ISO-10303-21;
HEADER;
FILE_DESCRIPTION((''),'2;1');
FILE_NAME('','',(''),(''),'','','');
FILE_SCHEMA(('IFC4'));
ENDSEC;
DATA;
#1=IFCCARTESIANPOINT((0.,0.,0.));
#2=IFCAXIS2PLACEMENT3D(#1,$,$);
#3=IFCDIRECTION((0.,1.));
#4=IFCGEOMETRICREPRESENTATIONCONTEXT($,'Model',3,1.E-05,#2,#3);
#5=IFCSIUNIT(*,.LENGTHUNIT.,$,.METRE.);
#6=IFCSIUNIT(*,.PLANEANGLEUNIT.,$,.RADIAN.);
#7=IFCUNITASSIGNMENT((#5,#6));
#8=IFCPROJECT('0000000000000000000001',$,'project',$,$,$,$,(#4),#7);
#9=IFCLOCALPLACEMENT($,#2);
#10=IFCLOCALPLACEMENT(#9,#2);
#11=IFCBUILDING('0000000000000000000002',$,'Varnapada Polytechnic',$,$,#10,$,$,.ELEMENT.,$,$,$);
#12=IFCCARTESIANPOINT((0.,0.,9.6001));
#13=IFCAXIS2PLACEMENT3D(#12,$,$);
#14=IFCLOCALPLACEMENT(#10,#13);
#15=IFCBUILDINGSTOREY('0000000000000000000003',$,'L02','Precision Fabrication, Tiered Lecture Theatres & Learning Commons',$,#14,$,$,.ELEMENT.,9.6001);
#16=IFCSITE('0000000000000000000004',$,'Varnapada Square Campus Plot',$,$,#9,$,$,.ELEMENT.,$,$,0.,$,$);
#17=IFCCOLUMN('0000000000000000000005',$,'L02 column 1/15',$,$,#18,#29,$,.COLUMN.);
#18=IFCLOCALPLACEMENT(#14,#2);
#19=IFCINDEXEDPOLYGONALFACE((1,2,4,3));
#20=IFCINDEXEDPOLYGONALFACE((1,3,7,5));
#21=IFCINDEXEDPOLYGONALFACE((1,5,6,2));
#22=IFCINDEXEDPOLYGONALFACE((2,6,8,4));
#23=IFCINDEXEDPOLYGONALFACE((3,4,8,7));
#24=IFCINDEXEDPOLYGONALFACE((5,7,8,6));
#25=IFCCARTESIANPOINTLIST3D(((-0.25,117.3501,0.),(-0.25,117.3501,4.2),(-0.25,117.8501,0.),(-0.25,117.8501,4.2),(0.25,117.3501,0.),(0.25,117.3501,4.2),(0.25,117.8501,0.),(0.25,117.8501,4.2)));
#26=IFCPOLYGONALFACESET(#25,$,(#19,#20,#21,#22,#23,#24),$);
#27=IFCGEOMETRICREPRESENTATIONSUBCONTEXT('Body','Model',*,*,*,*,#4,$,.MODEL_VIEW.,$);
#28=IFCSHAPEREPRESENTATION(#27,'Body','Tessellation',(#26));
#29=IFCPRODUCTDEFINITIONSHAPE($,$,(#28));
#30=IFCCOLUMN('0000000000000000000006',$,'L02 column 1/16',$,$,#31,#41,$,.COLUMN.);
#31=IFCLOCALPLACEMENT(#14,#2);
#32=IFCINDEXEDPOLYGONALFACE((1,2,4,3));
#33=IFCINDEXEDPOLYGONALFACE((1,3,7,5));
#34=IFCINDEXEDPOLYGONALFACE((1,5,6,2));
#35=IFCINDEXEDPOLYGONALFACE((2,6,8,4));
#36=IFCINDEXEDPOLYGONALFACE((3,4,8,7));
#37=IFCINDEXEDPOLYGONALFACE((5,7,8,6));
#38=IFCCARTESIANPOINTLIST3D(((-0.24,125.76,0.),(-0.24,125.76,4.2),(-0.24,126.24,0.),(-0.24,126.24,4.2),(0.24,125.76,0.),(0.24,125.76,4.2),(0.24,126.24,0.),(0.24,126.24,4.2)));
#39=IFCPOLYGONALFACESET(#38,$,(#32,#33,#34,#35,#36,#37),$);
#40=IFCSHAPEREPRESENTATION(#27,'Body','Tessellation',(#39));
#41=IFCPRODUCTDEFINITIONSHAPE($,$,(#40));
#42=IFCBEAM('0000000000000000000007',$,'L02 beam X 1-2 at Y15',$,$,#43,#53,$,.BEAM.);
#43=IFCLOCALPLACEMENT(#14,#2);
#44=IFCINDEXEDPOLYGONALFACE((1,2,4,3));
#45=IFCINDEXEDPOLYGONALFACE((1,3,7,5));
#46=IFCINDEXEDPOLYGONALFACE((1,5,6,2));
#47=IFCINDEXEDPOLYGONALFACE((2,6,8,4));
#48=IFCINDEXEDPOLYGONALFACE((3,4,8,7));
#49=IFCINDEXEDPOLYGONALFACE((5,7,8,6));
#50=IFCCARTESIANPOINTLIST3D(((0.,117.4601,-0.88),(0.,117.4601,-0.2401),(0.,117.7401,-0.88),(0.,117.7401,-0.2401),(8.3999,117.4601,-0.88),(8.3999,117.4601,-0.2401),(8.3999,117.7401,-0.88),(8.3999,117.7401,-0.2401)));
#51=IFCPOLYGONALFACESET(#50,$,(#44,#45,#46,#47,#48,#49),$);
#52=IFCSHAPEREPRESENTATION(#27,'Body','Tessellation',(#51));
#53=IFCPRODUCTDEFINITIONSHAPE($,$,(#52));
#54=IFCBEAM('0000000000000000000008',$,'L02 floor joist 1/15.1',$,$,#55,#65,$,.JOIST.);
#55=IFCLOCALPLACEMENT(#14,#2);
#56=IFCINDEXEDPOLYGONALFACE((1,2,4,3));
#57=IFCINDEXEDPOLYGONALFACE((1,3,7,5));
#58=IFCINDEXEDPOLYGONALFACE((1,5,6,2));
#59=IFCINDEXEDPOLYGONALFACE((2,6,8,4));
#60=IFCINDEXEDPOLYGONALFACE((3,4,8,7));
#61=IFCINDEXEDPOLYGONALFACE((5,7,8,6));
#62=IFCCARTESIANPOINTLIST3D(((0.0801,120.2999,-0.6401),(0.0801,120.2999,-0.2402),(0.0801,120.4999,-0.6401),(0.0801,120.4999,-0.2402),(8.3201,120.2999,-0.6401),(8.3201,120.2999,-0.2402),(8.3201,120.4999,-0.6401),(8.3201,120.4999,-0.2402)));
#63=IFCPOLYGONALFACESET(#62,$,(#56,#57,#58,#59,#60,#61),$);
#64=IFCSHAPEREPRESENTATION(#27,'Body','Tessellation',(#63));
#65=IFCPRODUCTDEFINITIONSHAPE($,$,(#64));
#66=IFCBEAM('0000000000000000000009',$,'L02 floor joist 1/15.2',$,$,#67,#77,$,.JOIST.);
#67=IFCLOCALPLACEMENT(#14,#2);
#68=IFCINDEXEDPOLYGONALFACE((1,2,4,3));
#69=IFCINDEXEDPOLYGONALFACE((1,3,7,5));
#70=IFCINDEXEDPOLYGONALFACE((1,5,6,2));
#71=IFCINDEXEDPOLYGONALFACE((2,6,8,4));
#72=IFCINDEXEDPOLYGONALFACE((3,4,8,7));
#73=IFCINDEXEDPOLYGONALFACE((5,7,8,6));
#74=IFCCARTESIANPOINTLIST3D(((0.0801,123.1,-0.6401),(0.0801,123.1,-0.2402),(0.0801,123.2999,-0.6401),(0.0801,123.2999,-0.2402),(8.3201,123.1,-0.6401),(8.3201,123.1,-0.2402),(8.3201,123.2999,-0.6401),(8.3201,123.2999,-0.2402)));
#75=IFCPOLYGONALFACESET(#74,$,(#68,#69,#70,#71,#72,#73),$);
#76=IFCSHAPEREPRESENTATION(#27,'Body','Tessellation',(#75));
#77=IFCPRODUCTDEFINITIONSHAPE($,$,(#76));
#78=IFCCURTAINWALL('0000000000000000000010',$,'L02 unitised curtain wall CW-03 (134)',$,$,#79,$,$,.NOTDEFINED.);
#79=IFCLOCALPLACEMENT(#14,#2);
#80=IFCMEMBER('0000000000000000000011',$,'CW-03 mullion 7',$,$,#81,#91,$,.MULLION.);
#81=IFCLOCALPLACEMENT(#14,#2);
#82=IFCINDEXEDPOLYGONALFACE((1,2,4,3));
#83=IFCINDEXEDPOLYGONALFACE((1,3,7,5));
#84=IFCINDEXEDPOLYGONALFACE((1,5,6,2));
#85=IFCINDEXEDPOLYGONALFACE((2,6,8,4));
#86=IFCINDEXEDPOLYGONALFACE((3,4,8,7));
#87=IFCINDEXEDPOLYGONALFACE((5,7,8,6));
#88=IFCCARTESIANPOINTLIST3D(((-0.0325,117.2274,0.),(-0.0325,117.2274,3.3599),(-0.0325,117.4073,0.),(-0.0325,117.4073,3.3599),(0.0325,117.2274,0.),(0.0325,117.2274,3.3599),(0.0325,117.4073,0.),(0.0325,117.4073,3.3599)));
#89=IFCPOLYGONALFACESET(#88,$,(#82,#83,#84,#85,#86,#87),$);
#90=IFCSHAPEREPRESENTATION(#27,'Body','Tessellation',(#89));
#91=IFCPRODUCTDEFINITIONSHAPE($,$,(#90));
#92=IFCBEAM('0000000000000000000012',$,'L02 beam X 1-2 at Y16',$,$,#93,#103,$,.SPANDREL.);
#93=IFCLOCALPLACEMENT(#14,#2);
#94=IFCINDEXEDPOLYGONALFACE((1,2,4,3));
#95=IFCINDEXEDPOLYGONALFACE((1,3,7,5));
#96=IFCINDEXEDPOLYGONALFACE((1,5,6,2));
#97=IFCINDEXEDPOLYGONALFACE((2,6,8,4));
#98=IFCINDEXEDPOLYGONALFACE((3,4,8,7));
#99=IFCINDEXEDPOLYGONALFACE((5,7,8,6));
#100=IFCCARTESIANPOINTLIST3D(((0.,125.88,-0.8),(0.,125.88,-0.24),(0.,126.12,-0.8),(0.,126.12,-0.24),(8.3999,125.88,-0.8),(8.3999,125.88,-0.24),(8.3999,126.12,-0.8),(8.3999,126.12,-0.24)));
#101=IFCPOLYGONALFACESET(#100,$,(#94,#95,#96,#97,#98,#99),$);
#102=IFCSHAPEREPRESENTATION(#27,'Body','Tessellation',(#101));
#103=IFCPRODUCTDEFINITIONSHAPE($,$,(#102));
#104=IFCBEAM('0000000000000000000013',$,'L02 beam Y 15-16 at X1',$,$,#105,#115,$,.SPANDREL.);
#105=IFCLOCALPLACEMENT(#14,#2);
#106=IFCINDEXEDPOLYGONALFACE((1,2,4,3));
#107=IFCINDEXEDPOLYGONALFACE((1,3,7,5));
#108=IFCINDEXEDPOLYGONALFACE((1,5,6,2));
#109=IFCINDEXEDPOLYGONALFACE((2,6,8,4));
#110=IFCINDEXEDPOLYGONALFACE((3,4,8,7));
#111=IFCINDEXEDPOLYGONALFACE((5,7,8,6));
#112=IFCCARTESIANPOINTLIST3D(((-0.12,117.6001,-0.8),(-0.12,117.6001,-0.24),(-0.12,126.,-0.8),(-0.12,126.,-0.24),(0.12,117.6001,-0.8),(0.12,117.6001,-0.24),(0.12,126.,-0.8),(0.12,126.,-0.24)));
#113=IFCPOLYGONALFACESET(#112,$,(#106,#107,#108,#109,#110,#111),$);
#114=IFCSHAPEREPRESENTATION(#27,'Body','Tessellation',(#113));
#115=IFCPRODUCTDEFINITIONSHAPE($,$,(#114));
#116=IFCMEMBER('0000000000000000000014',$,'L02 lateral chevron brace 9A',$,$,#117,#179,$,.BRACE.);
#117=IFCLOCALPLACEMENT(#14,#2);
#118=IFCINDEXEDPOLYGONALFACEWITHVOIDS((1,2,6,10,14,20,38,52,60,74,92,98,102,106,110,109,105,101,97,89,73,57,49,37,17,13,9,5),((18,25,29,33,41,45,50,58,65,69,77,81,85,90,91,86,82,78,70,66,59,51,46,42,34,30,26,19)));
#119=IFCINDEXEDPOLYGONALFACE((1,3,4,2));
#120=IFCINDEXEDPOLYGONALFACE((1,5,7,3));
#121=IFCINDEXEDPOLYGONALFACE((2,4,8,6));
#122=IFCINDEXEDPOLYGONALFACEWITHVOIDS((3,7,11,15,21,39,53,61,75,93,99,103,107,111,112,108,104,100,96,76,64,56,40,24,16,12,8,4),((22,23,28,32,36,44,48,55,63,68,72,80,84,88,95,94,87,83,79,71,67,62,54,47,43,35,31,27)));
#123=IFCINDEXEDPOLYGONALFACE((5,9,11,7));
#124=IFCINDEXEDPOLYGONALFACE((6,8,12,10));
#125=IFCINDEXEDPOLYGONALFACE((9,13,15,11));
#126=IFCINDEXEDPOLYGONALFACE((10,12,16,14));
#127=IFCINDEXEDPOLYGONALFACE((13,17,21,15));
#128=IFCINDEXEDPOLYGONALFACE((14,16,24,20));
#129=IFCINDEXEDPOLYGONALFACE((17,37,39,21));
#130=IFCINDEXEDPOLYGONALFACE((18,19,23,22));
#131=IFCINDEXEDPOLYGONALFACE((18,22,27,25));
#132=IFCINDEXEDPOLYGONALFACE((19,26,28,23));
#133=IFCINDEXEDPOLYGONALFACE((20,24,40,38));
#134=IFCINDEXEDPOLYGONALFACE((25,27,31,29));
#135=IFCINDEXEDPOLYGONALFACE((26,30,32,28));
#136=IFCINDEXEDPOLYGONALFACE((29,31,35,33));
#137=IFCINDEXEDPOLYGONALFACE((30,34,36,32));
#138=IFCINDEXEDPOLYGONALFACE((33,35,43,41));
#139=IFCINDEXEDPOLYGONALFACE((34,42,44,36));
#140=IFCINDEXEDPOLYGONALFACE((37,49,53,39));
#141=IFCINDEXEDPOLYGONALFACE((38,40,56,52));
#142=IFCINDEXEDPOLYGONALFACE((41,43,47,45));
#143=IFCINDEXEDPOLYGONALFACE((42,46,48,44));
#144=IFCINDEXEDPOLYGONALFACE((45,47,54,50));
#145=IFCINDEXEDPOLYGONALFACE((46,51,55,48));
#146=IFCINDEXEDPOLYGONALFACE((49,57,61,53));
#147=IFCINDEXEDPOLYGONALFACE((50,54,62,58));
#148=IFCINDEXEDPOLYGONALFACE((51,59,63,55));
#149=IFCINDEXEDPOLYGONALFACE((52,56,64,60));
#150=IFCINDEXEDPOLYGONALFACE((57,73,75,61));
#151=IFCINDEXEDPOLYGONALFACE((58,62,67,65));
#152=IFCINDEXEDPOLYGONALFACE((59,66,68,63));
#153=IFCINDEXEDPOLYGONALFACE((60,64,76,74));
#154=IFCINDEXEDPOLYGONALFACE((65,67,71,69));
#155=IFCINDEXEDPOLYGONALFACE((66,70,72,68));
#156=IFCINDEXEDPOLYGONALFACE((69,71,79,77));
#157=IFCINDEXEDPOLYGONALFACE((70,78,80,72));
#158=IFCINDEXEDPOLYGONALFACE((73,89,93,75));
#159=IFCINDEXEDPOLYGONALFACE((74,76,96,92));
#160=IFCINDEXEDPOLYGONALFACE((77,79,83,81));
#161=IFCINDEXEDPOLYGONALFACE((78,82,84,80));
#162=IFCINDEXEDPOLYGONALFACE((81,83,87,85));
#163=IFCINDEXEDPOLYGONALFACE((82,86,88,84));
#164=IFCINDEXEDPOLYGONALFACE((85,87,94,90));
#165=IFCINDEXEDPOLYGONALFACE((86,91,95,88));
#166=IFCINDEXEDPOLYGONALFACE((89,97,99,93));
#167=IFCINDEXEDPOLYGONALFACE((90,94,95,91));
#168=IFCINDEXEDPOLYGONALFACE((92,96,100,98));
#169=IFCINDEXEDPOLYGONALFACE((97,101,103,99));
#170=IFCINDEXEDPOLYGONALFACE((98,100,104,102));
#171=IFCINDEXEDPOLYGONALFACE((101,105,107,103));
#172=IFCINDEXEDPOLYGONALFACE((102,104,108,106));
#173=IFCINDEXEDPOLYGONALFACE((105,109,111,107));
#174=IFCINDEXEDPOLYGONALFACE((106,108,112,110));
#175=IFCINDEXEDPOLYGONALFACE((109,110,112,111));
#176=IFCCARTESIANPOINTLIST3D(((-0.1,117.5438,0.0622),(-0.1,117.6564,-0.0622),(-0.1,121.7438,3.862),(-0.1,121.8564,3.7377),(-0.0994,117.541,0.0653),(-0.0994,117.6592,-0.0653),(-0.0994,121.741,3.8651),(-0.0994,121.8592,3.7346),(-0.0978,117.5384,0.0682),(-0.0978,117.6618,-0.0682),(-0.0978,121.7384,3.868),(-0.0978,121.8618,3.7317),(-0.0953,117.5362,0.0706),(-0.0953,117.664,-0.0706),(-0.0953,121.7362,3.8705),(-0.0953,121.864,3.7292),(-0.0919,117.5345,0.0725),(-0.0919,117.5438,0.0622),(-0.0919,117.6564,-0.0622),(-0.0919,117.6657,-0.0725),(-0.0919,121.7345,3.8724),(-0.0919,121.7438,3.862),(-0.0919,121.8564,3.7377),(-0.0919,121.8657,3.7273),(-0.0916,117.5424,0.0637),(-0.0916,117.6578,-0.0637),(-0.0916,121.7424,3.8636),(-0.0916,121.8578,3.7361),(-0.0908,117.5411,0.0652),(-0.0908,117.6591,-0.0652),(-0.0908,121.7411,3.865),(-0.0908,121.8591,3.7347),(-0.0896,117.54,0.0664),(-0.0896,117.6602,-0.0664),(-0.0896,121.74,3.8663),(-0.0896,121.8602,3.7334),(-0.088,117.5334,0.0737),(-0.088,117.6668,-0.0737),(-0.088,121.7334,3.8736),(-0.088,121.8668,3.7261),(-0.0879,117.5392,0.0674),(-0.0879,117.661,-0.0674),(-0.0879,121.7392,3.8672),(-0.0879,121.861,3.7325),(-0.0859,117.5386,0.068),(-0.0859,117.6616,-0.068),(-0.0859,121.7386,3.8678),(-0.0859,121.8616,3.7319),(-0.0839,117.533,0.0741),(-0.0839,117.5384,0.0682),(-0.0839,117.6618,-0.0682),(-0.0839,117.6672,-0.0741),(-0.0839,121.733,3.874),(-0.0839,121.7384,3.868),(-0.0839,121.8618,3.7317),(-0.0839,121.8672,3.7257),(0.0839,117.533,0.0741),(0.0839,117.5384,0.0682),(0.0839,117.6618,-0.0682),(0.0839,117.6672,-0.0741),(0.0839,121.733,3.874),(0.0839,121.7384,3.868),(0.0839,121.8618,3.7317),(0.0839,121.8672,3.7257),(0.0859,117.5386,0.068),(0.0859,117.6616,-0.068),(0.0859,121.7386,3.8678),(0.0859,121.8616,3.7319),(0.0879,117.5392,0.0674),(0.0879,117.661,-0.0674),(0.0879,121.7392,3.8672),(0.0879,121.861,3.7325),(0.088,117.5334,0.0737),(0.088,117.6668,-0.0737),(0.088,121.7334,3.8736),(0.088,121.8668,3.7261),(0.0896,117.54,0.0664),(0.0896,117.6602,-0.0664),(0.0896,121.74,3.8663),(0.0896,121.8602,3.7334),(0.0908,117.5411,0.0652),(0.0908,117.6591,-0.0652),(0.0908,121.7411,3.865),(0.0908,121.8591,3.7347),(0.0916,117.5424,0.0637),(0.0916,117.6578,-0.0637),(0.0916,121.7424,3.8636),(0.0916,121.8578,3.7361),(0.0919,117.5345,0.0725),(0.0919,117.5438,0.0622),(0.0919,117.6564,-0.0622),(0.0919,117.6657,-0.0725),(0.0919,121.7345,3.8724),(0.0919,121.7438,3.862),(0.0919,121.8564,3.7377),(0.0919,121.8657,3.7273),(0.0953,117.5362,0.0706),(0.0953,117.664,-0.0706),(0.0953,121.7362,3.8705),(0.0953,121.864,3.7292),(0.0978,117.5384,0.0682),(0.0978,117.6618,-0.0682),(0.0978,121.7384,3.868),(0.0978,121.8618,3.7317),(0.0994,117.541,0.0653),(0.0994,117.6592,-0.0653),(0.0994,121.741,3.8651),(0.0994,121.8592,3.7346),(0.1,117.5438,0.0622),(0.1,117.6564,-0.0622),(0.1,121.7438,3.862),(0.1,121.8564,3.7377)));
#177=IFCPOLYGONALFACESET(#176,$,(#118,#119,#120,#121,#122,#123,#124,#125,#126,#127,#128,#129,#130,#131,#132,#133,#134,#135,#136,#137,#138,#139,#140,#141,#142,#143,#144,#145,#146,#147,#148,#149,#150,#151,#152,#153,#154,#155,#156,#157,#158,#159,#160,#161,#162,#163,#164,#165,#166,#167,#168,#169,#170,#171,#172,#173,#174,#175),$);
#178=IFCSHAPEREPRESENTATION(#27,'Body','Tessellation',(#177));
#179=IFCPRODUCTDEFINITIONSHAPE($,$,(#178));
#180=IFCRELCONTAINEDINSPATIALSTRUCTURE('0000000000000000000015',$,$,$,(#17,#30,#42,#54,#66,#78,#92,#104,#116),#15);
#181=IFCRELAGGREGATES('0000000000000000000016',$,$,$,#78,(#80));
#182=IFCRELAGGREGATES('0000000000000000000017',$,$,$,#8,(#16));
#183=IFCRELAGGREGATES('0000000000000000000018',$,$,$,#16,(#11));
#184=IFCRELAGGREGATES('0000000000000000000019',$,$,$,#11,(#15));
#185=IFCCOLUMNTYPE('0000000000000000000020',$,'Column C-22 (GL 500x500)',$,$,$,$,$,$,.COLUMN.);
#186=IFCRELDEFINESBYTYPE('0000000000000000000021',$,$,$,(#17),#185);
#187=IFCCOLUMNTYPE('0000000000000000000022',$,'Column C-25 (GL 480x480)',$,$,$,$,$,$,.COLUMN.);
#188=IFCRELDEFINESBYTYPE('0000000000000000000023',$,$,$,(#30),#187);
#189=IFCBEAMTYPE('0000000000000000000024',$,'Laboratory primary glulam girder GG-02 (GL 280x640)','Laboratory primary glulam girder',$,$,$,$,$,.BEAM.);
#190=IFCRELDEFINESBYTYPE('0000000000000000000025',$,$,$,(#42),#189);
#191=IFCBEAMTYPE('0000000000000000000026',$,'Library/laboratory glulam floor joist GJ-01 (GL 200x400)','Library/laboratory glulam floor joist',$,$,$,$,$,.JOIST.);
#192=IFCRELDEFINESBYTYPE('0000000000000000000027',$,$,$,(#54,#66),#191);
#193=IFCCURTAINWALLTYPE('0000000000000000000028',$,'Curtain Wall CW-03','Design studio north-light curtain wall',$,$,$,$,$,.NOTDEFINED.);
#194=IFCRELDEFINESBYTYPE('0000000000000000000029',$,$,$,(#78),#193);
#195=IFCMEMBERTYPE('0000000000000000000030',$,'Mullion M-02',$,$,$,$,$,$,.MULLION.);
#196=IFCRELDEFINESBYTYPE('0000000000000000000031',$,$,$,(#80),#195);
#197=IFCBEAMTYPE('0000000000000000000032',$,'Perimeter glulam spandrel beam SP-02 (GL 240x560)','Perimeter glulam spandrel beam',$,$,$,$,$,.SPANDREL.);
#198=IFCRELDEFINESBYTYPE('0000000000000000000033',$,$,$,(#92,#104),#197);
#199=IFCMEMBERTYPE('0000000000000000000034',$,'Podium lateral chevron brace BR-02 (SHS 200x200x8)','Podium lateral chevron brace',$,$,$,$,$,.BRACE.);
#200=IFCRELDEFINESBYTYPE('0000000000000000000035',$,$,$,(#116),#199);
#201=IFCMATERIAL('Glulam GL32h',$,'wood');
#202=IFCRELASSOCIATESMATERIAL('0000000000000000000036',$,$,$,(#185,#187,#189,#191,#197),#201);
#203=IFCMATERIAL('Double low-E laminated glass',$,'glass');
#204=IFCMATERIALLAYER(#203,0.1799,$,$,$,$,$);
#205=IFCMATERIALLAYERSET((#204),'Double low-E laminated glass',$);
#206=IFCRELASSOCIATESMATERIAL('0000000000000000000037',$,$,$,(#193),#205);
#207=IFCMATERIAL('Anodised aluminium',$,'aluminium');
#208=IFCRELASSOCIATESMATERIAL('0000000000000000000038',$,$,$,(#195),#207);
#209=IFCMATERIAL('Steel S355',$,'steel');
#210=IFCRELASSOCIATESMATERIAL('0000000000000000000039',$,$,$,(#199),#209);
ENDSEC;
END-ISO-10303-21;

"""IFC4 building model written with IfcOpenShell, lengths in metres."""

from ifc_helpers import new_model, si_unit, direction, frame, origin, origin_2d, place, context, subcontext, project, spatial, rectangle, hollow_rectangle, extrude, material, layer, layer_set, material_profile, profile_set, type_object, element, aggregate, save


model = new_model("IFC4")

# Units and contexts
model_context = context("Model", 3, precision=1e-05, world=origin(), true_north=direction((0.0, 1.0)))
body_context = subcontext(model_context, "Body", "Model", "MODEL_VIEW")
ifc_project = project(units=[si_unit("LENGTHUNIT", "METRE"), si_unit("PLANEANGLEUNIT", "RADIAN")], contexts=[model_context])

# Site, building, storey
site_placement = place(None, origin())
site = spatial("IfcSite", under=ifc_project, at=site_placement, Name="Varnapada Square Campus Plot", CompositionType="ELEMENT", RefElevation=0.0)
building_placement = place(site_placement, origin())
building = spatial("IfcBuilding", under=site, at=building_placement, Name="Varnapada Polytechnic", CompositionType="ELEMENT")
storey_placement = place(building_placement, frame((0.0, 0.0, 9.6001)))
storey = spatial("IfcBuildingStorey", under=building, at=storey_placement, Name="L02", Description="Precision Fabrication, Tiered Lecture Theatres & Learning Commons", CompositionType="ELEMENT", Elevation=9.6001)

# Columns
ifc_material_1 = material(Name="Glulam GL32h", Category="wood")
ifc_material_profile_1 = material_profile(ifc_material_1, rectangle(XDim=0.5, YDim=0.5, at=origin_2d()), Name="GL 500x500")
ifc_profile_set_1 = profile_set([ifc_material_profile_1], Name="Glulam GL32h")
column_type_1 = type_object("IfcColumnType", Name="Column C-22 (GL 500x500)", PredefinedType="COLUMN", material=ifc_profile_set_1)
column_1_placement = place(storey_placement, frame((0.0, 117.6001, 0.0), z_axis=(0.0, 0.0, 1.0), x_axis=(1.0, 0.0, 0.0)))
element("IfcColumn", 1, at=column_1_placement, inside=storey, type_object=column_type_1, Name="L02 column 1/15", PredefinedType="COLUMN", context=body_context, shape_type="SweptSolid", body=[
    extrude(rectangle(XDim=0.5, YDim=0.5, at=origin_2d()), origin(), (0.0, 0.0, 1.0), 4.2),
])
ifc_material_profile_2 = material_profile(ifc_material_1, rectangle(XDim=0.48, YDim=0.48, at=origin_2d()), Name="GL 480x480")
ifc_profile_set_2 = profile_set([ifc_material_profile_2], Name="Glulam GL32h")
column_type_2 = type_object("IfcColumnType", Name="Column C-25 (GL 480x480)", PredefinedType="COLUMN", material=ifc_profile_set_2)
column_2_placement = place(storey_placement, frame((0.0, 126.0, 0.0), z_axis=(0.0, 0.0, 1.0), x_axis=(1.0, 0.0, 0.0)))
element("IfcColumn", 2, at=column_2_placement, inside=storey, type_object=column_type_2, Name="L02 column 1/16", PredefinedType="COLUMN", context=body_context, shape_type="SweptSolid", body=[
    extrude(rectangle(XDim=0.48, YDim=0.48, at=origin_2d()), origin(), (0.0, 0.0, 1.0), 4.2),
])

# Beams
ifc_material_profile_3 = material_profile(ifc_material_1, rectangle(XDim=0.28, YDim=0.6399, at=origin_2d()), Name="GL 280x640")
ifc_profile_set_3 = profile_set([ifc_material_profile_3], Name="Glulam GL32h")
beam_type_1 = type_object("IfcBeamType", Name="Laboratory primary glulam girder GG-02 (GL 280x640)", Description="Laboratory primary glulam girder", PredefinedType="BEAM", material=ifc_profile_set_3)
beam_placement = place(storey_placement, frame((0.0, 117.6001, -0.5601), z_axis=(1.0, 0.0, 0.0), x_axis=(0.0, 1.0, 0.0)))
element("IfcBeam", 3, at=beam_placement, inside=storey, type_object=beam_type_1, Name="L02 beam X 1-2 at Y15", PredefinedType="BEAM", context=body_context, shape_type="SweptSolid", body=[
    extrude(rectangle(XDim=0.28, YDim=0.6399, at=origin_2d()), origin(), (0.0, 0.0, 1.0), 8.3999),
])
ifc_material_profile_4 = material_profile(ifc_material_1, rectangle(XDim=0.2, YDim=0.3999, at=origin_2d()), Name="GL 200x400")
ifc_profile_set_4 = profile_set([ifc_material_profile_4], Name="Glulam GL32h")
beam_type_2 = type_object("IfcBeamType", Name="Library/laboratory glulam floor joist GJ-01 (GL 200x400)", Description="Library/laboratory glulam floor joist", PredefinedType="JOIST", material=ifc_profile_set_4)
for number, where, z_axis, x_axis, name in (
    (4, (0.0801, 120.3999, -0.4402), (1.0, 0.0, 0.0), (0.0, 1.0, 0.0), "L02 floor joist 1/15.1"),
    (5, (0.0801, 123.2, -0.4402), (1.0, 0.0, 0.0), (0.0, 1.0, 0.0), "L02 floor joist 1/15.2"),
):
    element("IfcBeam", number, at=place(storey_placement, frame(where, z_axis=z_axis, x_axis=x_axis)), inside=storey, type_object=beam_type_2, Name=name, PredefinedType="JOIST", context=body_context, shape_type="SweptSolid", body=[
        extrude(rectangle(XDim=0.2, YDim=0.3999, at=origin_2d()), origin(), (0.0, 0.0, 1.0), 8.24),
    ])

# Curtain wall, member
ifc_material_2 = material(Name="Double low-E laminated glass", Category="glass")
ifc_layer_1 = layer(ifc_material_2, 0.1799)
ifc_layer_set_1 = layer_set([ifc_layer_1], Name="Double low-E laminated glass")
curtain_wall_type = type_object("IfcCurtainWallType", Name="Curtain Wall CW-03", Description="Design studio north-light curtain wall", PredefinedType="NOTDEFINED", material=ifc_layer_set_1)
curtain_wall_placement = place(storey_placement, origin())
curtain_wall = element("IfcCurtainWall", 6, at=curtain_wall_placement, inside=storey, type_object=curtain_wall_type, Name="L02 unitised curtain wall CW-03 (134)", PredefinedType="NOTDEFINED")
ifc_material_3 = material(Name="Anodised aluminium", Category="aluminium")
ifc_material_profile_5 = material_profile(ifc_material_3, rectangle(XDim=0.0649, YDim=0.1799, at=origin_2d()), Name="ALU M65x180")
ifc_profile_set_5 = profile_set([ifc_material_profile_5], Name="Anodised aluminium")
member_type_1 = type_object("IfcMemberType", Name="Mullion M-02", PredefinedType="MULLION", material=ifc_profile_set_5)
member_1_placement = place(storey_placement, frame((0.0, 117.3174, 0.0), z_axis=(0.0, 0.0, 1.0), x_axis=(-1.0, 0.0, 0.0)))
member_1 = element("IfcMember", 7, at=member_1_placement, type_object=member_type_1, Name="CW-03 mullion 7", PredefinedType="MULLION", context=body_context, shape_type="SweptSolid", body=[
    extrude(rectangle(XDim=0.0649, YDim=0.1799, at=origin_2d()), origin(), (0.0, 0.0, 1.0), 3.3599),
])

# Beams
ifc_material_profile_6 = material_profile(ifc_material_1, rectangle(XDim=0.24, YDim=0.5601, at=origin_2d()), Name="GL 240x560")
ifc_profile_set_6 = profile_set([ifc_material_profile_6], Name="Glulam GL32h")
beam_type_3 = type_object("IfcBeamType", Name="Perimeter glulam spandrel beam SP-02 (GL 240x560)", Description="Perimeter glulam spandrel beam", PredefinedType="SPANDREL", material=ifc_profile_set_6)
for number, where, z_axis, x_axis, name in (
    (8, (0.0, 126.0, -0.52), (1.0, 0.0, 0.0), (0.0, 1.0, 0.0), "L02 beam X 1-2 at Y16"),
    (9, (0.0, 117.6001, -0.52), (0.0, 1.0, 0.0), (-1.0, 0.0, 0.0), "L02 beam Y 15-16 at X1"),
):
    element("IfcBeam", number, at=place(storey_placement, frame(where, z_axis=z_axis, x_axis=x_axis)), inside=storey, type_object=beam_type_3, Name=name, PredefinedType="SPANDREL", context=body_context, shape_type="SweptSolid", body=[
        extrude(rectangle(XDim=0.24, YDim=0.5601, at=origin_2d()), origin(), (0.0, 0.0, 1.0), 8.3999),
    ])

# Member
ifc_material_4 = material(Name="Steel S355", Category="steel")
ifc_material_profile_7 = material_profile(ifc_material_4, hollow_rectangle(XDim=0.2, YDim=0.2, WallThickness=0.0081, InnerFilletRadius=0.0081, OuterFilletRadius=0.0161, at=origin_2d()), Name="SHS 200x200x8")
ifc_profile_set_7 = profile_set([ifc_material_profile_7], Name="Steel S355")
member_type_2 = type_object("IfcMemberType", Name="Podium lateral chevron brace BR-02 (SHS 200x200x8)", Description="Podium lateral chevron brace", PredefinedType="BRACE", material=ifc_profile_set_7)
for number, where, z_axis, x_axis, name in (
    (10, (0.0, 117.6001, 0.0), (0.0, 0.741549, 0.670899), (-1.0, 0.0, 0.0), "L02 lateral chevron brace 9A"),
):
    element("IfcMember", number, at=place(storey_placement, frame(where, z_axis=z_axis, x_axis=x_axis)), inside=storey, type_object=member_type_2, Name=name, PredefinedType="BRACE", context=body_context, shape_type="SweptSolid", body=[
        extrude(hollow_rectangle(XDim=0.2, YDim=0.2, WallThickness=0.0081, InnerFilletRadius=0.0081, OuterFilletRadius=0.0161, at=origin_2d()), origin(), (0.0, 0.0, 1.0), 5.6638),
    ])

aggregate(curtain_wall, [member_1])

save(model, "model.ifc")
